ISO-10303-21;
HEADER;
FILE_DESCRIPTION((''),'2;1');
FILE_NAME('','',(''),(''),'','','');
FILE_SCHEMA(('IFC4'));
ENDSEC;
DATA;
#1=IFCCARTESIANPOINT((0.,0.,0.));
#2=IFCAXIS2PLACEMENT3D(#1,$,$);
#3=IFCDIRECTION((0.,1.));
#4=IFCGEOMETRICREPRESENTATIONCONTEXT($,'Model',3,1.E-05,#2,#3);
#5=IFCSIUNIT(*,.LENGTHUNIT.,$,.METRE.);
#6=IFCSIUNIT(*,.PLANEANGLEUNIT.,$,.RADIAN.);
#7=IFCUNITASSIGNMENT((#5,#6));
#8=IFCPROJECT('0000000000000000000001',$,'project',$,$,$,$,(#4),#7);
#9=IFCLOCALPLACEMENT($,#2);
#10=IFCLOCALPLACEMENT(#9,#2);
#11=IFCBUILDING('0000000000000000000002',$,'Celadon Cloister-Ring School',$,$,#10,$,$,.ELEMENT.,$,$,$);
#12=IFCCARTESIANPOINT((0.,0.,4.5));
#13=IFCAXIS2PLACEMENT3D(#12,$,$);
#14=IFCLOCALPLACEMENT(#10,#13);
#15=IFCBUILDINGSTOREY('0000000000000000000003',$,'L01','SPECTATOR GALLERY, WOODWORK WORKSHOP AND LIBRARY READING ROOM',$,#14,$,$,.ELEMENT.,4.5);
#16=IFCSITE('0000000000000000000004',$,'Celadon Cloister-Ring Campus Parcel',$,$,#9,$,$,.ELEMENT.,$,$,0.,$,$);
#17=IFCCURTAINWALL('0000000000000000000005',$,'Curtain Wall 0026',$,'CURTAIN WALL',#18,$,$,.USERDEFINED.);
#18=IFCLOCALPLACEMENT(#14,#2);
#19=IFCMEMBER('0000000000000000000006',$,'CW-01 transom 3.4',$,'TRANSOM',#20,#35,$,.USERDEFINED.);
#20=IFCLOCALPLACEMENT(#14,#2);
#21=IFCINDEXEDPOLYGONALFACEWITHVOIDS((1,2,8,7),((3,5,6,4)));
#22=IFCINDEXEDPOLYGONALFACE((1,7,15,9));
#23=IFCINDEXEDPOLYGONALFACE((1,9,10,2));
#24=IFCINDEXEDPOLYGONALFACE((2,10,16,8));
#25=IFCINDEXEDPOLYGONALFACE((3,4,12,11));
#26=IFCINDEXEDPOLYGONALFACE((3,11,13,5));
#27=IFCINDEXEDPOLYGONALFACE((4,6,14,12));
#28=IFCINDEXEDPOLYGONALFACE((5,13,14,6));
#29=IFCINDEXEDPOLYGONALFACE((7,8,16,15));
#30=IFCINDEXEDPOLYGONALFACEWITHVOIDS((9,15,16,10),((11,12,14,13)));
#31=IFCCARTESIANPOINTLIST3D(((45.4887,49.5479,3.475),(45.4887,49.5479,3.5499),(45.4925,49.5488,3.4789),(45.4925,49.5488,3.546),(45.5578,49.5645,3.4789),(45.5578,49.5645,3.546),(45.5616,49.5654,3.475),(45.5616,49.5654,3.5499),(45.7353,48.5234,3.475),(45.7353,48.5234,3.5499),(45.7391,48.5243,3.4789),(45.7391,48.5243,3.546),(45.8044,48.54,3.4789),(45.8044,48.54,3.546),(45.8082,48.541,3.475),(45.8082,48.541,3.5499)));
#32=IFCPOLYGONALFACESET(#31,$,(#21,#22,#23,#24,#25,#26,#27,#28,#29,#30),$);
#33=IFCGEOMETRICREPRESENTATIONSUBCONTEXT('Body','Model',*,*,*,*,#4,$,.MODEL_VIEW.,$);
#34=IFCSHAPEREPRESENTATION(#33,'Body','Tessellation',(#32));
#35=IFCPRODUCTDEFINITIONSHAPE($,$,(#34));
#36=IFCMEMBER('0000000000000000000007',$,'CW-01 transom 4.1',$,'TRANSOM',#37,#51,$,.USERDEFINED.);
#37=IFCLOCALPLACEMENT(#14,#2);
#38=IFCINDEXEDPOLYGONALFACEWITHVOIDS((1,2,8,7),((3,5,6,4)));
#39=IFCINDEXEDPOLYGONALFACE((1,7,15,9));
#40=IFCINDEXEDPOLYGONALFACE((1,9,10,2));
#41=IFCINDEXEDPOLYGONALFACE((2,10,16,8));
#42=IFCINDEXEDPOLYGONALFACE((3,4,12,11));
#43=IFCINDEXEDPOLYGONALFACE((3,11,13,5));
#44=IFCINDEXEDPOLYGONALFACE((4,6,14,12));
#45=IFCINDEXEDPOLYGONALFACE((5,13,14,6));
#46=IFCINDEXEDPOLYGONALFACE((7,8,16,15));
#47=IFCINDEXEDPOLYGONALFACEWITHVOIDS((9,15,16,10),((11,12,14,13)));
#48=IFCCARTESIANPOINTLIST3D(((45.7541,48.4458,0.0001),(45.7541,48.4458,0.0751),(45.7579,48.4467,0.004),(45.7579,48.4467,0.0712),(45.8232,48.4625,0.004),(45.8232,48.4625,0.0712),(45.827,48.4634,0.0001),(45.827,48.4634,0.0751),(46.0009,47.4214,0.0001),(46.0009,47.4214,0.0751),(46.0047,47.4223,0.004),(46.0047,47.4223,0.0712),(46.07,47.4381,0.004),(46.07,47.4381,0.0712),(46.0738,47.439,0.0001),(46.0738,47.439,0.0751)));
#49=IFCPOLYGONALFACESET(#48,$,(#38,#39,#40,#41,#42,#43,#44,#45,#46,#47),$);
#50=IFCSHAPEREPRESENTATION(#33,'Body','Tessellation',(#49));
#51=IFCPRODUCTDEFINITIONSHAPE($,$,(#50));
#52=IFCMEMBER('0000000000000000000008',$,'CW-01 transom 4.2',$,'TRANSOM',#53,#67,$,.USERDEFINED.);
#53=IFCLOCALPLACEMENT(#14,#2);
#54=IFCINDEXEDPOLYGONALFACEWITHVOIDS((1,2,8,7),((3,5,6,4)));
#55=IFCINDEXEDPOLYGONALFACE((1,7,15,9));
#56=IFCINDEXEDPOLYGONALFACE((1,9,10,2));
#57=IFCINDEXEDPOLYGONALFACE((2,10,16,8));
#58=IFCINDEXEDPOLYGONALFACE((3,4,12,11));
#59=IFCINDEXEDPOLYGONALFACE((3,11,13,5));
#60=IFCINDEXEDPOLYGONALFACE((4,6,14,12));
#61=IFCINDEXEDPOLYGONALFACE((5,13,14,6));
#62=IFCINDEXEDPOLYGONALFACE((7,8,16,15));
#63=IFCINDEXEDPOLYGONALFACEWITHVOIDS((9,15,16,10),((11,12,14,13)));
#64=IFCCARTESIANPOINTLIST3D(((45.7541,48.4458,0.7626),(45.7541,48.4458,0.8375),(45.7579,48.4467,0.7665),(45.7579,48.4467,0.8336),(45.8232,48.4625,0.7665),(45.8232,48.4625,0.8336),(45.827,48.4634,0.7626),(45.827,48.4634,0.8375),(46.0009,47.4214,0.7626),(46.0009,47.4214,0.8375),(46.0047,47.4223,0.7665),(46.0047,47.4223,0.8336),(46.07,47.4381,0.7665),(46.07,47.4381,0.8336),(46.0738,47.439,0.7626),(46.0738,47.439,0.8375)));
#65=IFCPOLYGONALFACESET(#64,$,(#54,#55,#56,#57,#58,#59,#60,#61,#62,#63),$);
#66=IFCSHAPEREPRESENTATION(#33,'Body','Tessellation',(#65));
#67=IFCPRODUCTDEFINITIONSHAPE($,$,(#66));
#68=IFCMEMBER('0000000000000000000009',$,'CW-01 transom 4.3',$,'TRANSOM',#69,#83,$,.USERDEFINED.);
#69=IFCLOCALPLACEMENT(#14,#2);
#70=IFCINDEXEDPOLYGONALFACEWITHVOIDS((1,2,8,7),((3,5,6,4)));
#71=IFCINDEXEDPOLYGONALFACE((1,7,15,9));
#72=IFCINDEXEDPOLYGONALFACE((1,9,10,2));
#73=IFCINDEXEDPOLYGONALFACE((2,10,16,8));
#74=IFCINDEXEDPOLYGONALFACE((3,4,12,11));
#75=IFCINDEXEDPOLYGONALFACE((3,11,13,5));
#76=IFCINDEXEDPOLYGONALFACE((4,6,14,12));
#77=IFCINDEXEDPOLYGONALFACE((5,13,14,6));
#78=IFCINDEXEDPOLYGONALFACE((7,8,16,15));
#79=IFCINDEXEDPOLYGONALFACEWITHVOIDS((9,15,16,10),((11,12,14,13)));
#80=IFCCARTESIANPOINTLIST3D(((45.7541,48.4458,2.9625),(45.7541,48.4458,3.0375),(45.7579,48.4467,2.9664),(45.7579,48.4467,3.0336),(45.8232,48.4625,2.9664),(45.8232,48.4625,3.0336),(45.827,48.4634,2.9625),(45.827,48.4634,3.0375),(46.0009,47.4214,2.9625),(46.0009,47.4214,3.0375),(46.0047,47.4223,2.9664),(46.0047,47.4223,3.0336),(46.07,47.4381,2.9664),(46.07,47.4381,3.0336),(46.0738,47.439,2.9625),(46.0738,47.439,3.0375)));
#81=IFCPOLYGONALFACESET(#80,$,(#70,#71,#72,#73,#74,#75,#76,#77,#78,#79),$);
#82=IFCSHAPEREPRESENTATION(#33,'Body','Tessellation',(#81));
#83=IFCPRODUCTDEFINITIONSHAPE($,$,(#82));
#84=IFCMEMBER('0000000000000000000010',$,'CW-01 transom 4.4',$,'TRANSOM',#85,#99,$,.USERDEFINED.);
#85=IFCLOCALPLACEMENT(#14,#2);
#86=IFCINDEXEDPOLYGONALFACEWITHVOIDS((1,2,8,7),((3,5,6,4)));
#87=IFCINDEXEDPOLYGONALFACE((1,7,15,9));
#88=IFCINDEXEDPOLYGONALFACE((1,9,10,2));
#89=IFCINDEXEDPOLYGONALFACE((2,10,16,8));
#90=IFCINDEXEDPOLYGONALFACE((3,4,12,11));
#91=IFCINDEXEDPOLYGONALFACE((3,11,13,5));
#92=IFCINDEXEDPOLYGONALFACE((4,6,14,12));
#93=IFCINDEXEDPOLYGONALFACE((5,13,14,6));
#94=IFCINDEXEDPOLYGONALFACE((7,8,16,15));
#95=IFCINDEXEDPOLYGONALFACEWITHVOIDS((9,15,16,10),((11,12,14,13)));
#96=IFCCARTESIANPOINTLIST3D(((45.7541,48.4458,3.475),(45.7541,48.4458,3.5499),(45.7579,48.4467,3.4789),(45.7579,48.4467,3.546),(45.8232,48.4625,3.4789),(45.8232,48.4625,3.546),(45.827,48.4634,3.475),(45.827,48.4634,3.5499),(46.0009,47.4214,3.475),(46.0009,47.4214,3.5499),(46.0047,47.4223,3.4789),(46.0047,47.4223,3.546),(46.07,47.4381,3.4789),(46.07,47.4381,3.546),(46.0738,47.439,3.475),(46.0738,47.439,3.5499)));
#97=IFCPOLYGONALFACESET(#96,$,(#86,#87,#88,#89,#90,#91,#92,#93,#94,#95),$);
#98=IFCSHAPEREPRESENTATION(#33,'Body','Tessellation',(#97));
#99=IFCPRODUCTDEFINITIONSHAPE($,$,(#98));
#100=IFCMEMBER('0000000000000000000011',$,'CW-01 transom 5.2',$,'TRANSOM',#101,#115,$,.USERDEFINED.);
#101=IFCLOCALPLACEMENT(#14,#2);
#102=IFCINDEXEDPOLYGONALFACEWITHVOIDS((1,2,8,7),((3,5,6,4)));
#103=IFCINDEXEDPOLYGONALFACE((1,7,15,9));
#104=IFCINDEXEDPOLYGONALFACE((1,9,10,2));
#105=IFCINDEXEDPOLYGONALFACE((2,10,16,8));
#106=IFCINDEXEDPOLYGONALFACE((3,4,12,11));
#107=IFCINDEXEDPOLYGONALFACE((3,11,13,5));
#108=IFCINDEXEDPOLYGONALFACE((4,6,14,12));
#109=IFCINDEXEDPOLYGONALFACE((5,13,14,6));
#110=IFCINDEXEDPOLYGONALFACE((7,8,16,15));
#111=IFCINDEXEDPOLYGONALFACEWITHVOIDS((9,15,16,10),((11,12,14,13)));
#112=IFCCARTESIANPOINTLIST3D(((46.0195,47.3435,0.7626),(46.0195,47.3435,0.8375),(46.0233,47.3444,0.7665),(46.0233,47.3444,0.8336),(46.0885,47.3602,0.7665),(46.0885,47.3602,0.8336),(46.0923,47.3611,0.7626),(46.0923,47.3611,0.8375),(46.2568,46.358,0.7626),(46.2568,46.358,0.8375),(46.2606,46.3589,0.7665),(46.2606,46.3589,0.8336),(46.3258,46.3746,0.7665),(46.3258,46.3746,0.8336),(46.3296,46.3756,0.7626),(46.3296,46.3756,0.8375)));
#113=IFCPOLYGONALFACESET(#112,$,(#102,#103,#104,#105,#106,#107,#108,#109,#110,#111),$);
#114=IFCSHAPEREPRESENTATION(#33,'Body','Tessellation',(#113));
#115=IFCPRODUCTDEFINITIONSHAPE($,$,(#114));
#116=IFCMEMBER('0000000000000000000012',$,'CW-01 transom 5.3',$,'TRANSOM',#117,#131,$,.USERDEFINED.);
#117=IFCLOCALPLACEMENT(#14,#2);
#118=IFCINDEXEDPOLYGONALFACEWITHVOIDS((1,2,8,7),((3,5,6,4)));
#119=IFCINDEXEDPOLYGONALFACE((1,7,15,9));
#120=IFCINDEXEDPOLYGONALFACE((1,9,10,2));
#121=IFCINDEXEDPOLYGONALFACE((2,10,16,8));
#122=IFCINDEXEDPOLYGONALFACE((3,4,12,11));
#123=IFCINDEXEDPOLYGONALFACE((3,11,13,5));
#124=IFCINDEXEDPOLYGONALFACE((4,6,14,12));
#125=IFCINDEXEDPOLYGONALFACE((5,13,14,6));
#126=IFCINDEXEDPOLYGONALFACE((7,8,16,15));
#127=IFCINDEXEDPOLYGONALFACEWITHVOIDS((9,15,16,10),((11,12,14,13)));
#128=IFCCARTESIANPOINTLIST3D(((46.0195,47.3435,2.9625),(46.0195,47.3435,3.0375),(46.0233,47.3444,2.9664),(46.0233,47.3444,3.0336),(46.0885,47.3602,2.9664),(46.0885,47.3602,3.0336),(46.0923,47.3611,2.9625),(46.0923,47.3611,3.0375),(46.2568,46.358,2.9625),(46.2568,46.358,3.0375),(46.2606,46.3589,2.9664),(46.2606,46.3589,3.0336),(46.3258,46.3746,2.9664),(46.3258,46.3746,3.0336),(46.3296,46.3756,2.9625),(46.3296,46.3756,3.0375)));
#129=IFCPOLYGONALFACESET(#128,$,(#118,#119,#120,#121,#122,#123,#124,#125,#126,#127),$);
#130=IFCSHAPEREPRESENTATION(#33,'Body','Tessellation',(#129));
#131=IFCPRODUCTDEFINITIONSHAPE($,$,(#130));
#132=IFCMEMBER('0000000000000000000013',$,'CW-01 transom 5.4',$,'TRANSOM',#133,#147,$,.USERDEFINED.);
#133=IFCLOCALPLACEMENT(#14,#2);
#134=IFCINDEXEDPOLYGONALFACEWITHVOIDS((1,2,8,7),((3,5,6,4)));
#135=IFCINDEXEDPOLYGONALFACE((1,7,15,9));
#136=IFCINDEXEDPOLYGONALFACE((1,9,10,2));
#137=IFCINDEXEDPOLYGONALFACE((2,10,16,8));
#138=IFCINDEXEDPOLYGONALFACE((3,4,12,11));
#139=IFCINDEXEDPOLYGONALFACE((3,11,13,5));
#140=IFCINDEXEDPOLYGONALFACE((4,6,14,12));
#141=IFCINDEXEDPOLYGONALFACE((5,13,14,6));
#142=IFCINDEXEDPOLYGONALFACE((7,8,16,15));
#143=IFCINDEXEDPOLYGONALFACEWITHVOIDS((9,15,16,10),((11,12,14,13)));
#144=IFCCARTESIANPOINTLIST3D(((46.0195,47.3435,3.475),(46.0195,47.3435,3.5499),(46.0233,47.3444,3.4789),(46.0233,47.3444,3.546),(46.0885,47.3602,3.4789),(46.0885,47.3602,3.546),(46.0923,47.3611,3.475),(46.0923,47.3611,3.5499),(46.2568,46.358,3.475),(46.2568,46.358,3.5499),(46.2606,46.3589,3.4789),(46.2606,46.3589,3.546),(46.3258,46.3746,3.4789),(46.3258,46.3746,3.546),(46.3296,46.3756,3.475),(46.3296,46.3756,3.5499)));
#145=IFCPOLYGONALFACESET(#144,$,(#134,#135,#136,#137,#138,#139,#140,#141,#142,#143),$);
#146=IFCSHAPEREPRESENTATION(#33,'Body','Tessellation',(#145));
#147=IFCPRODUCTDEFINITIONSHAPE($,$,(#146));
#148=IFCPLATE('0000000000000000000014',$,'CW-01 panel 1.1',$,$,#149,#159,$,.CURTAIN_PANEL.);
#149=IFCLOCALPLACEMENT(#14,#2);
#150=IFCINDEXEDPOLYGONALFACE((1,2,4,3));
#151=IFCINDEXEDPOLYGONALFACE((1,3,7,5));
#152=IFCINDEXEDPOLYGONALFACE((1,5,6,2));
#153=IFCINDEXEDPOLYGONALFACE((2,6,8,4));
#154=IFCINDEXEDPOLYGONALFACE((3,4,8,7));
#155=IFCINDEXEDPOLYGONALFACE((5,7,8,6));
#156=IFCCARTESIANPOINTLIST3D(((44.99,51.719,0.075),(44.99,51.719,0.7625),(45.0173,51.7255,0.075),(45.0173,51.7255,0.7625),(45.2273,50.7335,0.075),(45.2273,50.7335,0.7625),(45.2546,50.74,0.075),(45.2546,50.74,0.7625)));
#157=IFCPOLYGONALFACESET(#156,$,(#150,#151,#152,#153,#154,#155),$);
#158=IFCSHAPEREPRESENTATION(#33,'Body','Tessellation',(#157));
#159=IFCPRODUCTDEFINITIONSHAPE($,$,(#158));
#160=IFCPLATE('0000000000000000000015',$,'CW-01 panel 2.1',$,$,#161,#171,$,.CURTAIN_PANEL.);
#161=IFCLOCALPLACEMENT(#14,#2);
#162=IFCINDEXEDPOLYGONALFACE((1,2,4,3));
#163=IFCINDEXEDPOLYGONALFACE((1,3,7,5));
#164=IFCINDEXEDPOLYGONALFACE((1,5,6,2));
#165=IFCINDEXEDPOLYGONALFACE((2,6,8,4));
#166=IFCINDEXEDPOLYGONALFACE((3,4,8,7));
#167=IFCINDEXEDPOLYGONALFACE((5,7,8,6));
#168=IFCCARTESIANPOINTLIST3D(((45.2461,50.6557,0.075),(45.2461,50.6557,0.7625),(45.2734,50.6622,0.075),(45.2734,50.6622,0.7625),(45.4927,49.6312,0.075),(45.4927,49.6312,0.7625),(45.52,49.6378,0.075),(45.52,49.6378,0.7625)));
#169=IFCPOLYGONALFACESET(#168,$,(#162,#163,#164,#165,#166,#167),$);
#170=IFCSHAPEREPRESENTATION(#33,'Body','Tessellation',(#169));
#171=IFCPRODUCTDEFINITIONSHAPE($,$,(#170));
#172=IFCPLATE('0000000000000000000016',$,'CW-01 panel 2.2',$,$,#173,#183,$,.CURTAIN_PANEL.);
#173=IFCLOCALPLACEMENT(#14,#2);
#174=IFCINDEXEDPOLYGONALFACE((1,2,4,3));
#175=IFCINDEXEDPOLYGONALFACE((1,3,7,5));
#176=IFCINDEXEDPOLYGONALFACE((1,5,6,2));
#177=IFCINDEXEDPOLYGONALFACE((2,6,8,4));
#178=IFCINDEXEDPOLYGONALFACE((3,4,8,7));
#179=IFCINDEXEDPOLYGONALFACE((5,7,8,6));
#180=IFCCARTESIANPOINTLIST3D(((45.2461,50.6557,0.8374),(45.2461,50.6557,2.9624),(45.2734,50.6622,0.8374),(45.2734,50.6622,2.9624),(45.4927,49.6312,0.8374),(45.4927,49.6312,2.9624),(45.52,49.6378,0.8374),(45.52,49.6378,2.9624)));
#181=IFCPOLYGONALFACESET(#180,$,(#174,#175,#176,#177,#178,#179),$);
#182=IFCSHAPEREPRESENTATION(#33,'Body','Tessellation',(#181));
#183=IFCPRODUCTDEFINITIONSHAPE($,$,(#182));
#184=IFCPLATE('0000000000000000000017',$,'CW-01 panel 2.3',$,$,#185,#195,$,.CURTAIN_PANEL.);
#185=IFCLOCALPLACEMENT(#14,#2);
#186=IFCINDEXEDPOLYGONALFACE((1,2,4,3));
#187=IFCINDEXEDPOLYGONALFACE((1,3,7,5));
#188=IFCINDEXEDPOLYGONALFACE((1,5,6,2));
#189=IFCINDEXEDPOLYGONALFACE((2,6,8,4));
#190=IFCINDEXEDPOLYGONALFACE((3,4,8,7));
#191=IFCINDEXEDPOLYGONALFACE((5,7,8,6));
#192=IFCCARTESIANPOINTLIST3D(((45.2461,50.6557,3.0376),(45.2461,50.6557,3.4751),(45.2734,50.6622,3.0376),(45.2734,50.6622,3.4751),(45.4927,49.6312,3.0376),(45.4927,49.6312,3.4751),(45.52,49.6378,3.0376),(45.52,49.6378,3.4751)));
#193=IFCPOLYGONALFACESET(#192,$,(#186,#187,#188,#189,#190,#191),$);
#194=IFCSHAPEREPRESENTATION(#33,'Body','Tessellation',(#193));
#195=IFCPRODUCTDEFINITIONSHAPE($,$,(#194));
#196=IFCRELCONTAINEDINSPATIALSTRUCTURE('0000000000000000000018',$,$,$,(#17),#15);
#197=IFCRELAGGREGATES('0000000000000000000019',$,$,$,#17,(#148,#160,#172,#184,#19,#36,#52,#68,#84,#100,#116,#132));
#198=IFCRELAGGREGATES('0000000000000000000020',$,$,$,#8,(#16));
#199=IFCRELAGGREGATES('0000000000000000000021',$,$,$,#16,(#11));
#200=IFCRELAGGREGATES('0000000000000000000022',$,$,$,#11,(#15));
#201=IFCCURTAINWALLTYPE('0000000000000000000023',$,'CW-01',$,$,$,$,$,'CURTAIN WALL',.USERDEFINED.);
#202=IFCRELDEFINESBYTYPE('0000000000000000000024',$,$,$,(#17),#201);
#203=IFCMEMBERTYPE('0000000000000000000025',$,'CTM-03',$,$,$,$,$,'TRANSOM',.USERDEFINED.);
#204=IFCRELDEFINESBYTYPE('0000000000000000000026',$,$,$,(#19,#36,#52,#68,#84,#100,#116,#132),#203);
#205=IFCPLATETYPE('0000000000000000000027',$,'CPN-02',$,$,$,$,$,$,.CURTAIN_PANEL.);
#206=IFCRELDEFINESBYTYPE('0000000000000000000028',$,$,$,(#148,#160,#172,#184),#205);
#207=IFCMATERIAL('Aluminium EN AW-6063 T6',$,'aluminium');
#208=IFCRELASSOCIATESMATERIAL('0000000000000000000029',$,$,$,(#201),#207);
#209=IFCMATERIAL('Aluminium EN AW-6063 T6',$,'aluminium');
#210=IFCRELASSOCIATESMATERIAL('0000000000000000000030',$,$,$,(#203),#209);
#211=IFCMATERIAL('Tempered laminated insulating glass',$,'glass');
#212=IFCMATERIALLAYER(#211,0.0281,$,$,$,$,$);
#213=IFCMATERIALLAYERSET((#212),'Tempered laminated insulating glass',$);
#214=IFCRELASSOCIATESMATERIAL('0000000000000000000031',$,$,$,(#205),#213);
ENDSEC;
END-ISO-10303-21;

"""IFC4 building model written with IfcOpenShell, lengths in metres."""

from ifc_helpers import new_model, si_unit, direction, frame, origin, origin_2d, place, context, subcontext, project, spatial, rectangle, hollow_rectangle, extrude, material, layer, layer_set, material_profile, profile_set, type_object, element, aggregate, save


model = new_model("IFC4")

# Units and contexts
model_context = context("Model", 3, precision=1e-05, world=origin(), true_north=direction((0.0, 1.0)))
body_context = subcontext(model_context, "Body", "Model", "MODEL_VIEW")
ifc_project = project(units=[si_unit("LENGTHUNIT", "METRE"), si_unit("PLANEANGLEUNIT", "RADIAN")], contexts=[model_context])

# Site, building, storey
site_placement = place(None, origin())
site = spatial("IfcSite", under=ifc_project, at=site_placement, Name="Celadon Cloister-Ring Campus Parcel", CompositionType="ELEMENT", RefElevation=0.0)
building_placement = place(site_placement, origin())
building = spatial("IfcBuilding", under=site, at=building_placement, Name="Celadon Cloister-Ring School", CompositionType="ELEMENT")
storey_placement = place(building_placement, frame((0.0, 0.0, 4.5)))
storey = spatial("IfcBuildingStorey", under=building, at=storey_placement, Name="L01", Description="SPECTATOR GALLERY, WOODWORK WORKSHOP AND LIBRARY READING ROOM", CompositionType="ELEMENT", Elevation=4.5)

# Curtain wall, members, plates
ifc_material_1 = material(Name="Aluminium EN AW-6063 T6", Category="aluminium")
curtain_wall_type = type_object("IfcCurtainWallType", Name="CW-01", ElementType="CURTAIN WALL", PredefinedType="USERDEFINED", material=ifc_material_1)
curtain_wall_placement = place(storey_placement, origin())
curtain_wall = element("IfcCurtainWall", 1, at=curtain_wall_placement, inside=storey, type_object=curtain_wall_type, Name="Curtain Wall 0026", ObjectType="CURTAIN WALL", PredefinedType="USERDEFINED")
ifc_material_2 = material(Name="Aluminium EN AW-6063 T6", Category="aluminium")
ifc_material_profile_1 = material_profile(ifc_material_2, hollow_rectangle(XDim=0.075, YDim=0.075, WallThickness=0.0039, at=origin_2d()), Name="RHS75X75X4")
ifc_profile_set_1 = profile_set([ifc_material_profile_1], Name="Aluminium EN AW-6063 T6")
member_type_1 = type_object("IfcMemberType", Name="CTM-03", ElementType="TRANSOM", PredefinedType="USERDEFINED", material=ifc_profile_set_1)
member_1_placement = place(storey_placement, frame((45.5251, 49.5566, 3.5125), z_axis=(0.234021, -0.972231, 0.0), x_axis=(0.972231, 0.234021, 0.0)))
member_1 = element("IfcMember", 2, at=member_1_placement, type_object=member_type_1, Name="CW-01 transom 3.4", ObjectType="TRANSOM", PredefinedType="USERDEFINED", context=body_context, shape_type="SweptSolid", body=[
    extrude(hollow_rectangle(XDim=0.075, YDim=0.075, WallThickness=0.0039, at=origin_2d()), origin(), (0.0, 0.0, 1.0), 1.0537),
])
member_2_placement = place(storey_placement, frame((45.7905, 48.4546, 0.0376), z_axis=(0.23424, -0.972179, 0.0), x_axis=(0.972179, 0.23424, 0.0)))
member_2 = element("IfcMember", 3, at=member_2_placement, type_object=member_type_1, Name="CW-01 transom 4.1", ObjectType="TRANSOM", PredefinedType="USERDEFINED", context=body_context, shape_type="SweptSolid", body=[
    extrude(hollow_rectangle(XDim=0.075, YDim=0.075, WallThickness=0.0039, at=origin_2d()), origin(), (0.0, 0.0, 1.0), 1.0537),
])
member_3_placement = place(storey_placement, frame((45.7905, 48.4546, 0.8), z_axis=(0.23424, -0.972179, 0.0), x_axis=(0.972179, 0.23424, 0.0)))
member_3 = element("IfcMember", 4, at=member_3_placement, type_object=member_type_1, Name="CW-01 transom 4.2", ObjectType="TRANSOM", PredefinedType="USERDEFINED", context=body_context, shape_type="SweptSolid", body=[
    extrude(hollow_rectangle(XDim=0.075, YDim=0.075, WallThickness=0.0039, at=origin_2d()), origin(), (0.0, 0.0, 1.0), 1.0537),
])
member_4_placement = place(storey_placement, frame((45.7905, 48.4546, 3.0), z_axis=(0.23424, -0.972179, 0.0), x_axis=(0.972179, 0.23424, 0.0)))
member_4 = element("IfcMember", 5, at=member_4_placement, type_object=member_type_1, Name="CW-01 transom 4.3", ObjectType="TRANSOM", PredefinedType="USERDEFINED", context=body_context, shape_type="SweptSolid", body=[
    extrude(hollow_rectangle(XDim=0.075, YDim=0.075, WallThickness=0.0039, at=origin_2d()), origin(), (0.0, 0.0, 1.0), 1.0537),
])
member_5_placement = place(storey_placement, frame((45.7905, 48.4546, 3.5125), z_axis=(0.23424, -0.972179, 0.0), x_axis=(0.972179, 0.23424, 0.0)))
member_5 = element("IfcMember", 6, at=member_5_placement, type_object=member_type_1, Name="CW-01 transom 4.4", ObjectType="TRANSOM", PredefinedType="USERDEFINED", context=body_context, shape_type="SweptSolid", body=[
    extrude(hollow_rectangle(XDim=0.075, YDim=0.075, WallThickness=0.0039, at=origin_2d()), origin(), (0.0, 0.0, 1.0), 1.0537),
])
member_6_placement = place(storey_placement, frame((46.0559, 47.3523, 0.8), z_axis=(0.234083, -0.972217, 0.0), x_axis=(0.972217, 0.234083, 0.0)))
member_6 = element("IfcMember", 7, at=member_6_placement, type_object=member_type_1, Name="CW-01 transom 5.2", ObjectType="TRANSOM", PredefinedType="USERDEFINED", context=body_context, shape_type="SweptSolid", body=[
    extrude(hollow_rectangle(XDim=0.075, YDim=0.075, WallThickness=0.0039, at=origin_2d()), origin(), (0.0, 0.0, 1.0), 1.0137),
])
member_7_placement = place(storey_placement, frame((46.0559, 47.3523, 3.0), z_axis=(0.234083, -0.972217, 0.0), x_axis=(0.972217, 0.234083, 0.0)))
member_7 = element("IfcMember", 8, at=member_7_placement, type_object=member_type_1, Name="CW-01 transom 5.3", ObjectType="TRANSOM", PredefinedType="USERDEFINED", context=body_context, shape_type="SweptSolid", body=[
    extrude(hollow_rectangle(XDim=0.075, YDim=0.075, WallThickness=0.0039, at=origin_2d()), origin(), (0.0, 0.0, 1.0), 1.0137),
])
member_8_placement = place(storey_placement, frame((46.0559, 47.3523, 3.5125), z_axis=(0.234083, -0.972217, 0.0), x_axis=(0.972217, 0.234083, 0.0)))
member_8 = element("IfcMember", 9, at=member_8_placement, type_object=member_type_1, Name="CW-01 transom 5.4", ObjectType="TRANSOM", PredefinedType="USERDEFINED", context=body_context, shape_type="SweptSolid", body=[
    extrude(hollow_rectangle(XDim=0.075, YDim=0.075, WallThickness=0.0039, at=origin_2d()), origin(), (0.0, 0.0, 1.0), 1.0137),
])
ifc_material_3 = material(Name="Tempered laminated insulating glass", Category="glass")
ifc_layer = layer(ifc_material_3, 0.0281)
ifc_layer_set = layer_set([ifc_layer], Name="Tempered laminated insulating glass")
plate_type = type_object("IfcPlateType", Name="CPN-02", PredefinedType="CURTAIN_PANEL", material=ifc_layer_set)
plate_1_placement = place(storey_placement, frame((45.1223, 51.2295, 0.075), z_axis=(0.0, 0.0, 1.0), x_axis=(0.2341, -0.972212, 0.0)))
plate_1 = element("IfcPlate", 10, at=plate_1_placement, type_object=plate_type, Name="CW-01 panel 1.1", PredefinedType="CURTAIN_PANEL", context=body_context, shape_type="SweptSolid", body=[
    extrude(rectangle(XDim=1.0137, YDim=0.0281, at=origin_2d()), origin(), (0.0, 0.0, 1.0), 0.6875),
])
plate_2_placement = place(storey_placement, frame((45.3831, 50.1467, 0.075), z_axis=(0.0, 0.0, 1.0), x_axis=(0.2341, -0.972212, 0.0)))
plate_2 = element("IfcPlate", 11, at=plate_2_placement, type_object=plate_type, Name="CW-01 panel 2.1", PredefinedType="CURTAIN_PANEL", context=body_context, shape_type="SweptSolid", body=[
    extrude(rectangle(XDim=1.0537, YDim=0.0281, at=origin_2d()), origin(), (0.0, 0.0, 1.0), 0.6875),
])
plate_3_placement = place(storey_placement, frame((45.3831, 50.1467, 0.8374), z_axis=(0.0, 0.0, 1.0), x_axis=(0.2341, -0.972212, 0.0)))
plate_3 = element("IfcPlate", 12, at=plate_3_placement, type_object=plate_type, Name="CW-01 panel 2.2", PredefinedType="CURTAIN_PANEL", context=body_context, shape_type="SweptSolid", body=[
    extrude(rectangle(XDim=1.0537, YDim=0.0281, at=origin_2d()), origin(), (0.0, 0.0, 1.0), 2.125),
])
plate_4_placement = place(storey_placement, frame((45.3831, 50.1467, 3.0376), z_axis=(0.0, 0.0, 1.0), x_axis=(0.2341, -0.972212, 0.0)))
plate_4 = element("IfcPlate", 13, at=plate_4_placement, type_object=plate_type, Name="CW-01 panel 2.3", PredefinedType="CURTAIN_PANEL", context=body_context, shape_type="SweptSolid", body=[
    extrude(rectangle(XDim=1.0537, YDim=0.0281, at=origin_2d()), origin(), (0.0, 0.0, 1.0), 0.4375),
])
aggregate(curtain_wall, [plate_1, plate_2, plate_3, plate_4, member_1, member_2, member_3, member_4, member_5, member_6, member_7, member_8])

save(model, "model.ifc")
